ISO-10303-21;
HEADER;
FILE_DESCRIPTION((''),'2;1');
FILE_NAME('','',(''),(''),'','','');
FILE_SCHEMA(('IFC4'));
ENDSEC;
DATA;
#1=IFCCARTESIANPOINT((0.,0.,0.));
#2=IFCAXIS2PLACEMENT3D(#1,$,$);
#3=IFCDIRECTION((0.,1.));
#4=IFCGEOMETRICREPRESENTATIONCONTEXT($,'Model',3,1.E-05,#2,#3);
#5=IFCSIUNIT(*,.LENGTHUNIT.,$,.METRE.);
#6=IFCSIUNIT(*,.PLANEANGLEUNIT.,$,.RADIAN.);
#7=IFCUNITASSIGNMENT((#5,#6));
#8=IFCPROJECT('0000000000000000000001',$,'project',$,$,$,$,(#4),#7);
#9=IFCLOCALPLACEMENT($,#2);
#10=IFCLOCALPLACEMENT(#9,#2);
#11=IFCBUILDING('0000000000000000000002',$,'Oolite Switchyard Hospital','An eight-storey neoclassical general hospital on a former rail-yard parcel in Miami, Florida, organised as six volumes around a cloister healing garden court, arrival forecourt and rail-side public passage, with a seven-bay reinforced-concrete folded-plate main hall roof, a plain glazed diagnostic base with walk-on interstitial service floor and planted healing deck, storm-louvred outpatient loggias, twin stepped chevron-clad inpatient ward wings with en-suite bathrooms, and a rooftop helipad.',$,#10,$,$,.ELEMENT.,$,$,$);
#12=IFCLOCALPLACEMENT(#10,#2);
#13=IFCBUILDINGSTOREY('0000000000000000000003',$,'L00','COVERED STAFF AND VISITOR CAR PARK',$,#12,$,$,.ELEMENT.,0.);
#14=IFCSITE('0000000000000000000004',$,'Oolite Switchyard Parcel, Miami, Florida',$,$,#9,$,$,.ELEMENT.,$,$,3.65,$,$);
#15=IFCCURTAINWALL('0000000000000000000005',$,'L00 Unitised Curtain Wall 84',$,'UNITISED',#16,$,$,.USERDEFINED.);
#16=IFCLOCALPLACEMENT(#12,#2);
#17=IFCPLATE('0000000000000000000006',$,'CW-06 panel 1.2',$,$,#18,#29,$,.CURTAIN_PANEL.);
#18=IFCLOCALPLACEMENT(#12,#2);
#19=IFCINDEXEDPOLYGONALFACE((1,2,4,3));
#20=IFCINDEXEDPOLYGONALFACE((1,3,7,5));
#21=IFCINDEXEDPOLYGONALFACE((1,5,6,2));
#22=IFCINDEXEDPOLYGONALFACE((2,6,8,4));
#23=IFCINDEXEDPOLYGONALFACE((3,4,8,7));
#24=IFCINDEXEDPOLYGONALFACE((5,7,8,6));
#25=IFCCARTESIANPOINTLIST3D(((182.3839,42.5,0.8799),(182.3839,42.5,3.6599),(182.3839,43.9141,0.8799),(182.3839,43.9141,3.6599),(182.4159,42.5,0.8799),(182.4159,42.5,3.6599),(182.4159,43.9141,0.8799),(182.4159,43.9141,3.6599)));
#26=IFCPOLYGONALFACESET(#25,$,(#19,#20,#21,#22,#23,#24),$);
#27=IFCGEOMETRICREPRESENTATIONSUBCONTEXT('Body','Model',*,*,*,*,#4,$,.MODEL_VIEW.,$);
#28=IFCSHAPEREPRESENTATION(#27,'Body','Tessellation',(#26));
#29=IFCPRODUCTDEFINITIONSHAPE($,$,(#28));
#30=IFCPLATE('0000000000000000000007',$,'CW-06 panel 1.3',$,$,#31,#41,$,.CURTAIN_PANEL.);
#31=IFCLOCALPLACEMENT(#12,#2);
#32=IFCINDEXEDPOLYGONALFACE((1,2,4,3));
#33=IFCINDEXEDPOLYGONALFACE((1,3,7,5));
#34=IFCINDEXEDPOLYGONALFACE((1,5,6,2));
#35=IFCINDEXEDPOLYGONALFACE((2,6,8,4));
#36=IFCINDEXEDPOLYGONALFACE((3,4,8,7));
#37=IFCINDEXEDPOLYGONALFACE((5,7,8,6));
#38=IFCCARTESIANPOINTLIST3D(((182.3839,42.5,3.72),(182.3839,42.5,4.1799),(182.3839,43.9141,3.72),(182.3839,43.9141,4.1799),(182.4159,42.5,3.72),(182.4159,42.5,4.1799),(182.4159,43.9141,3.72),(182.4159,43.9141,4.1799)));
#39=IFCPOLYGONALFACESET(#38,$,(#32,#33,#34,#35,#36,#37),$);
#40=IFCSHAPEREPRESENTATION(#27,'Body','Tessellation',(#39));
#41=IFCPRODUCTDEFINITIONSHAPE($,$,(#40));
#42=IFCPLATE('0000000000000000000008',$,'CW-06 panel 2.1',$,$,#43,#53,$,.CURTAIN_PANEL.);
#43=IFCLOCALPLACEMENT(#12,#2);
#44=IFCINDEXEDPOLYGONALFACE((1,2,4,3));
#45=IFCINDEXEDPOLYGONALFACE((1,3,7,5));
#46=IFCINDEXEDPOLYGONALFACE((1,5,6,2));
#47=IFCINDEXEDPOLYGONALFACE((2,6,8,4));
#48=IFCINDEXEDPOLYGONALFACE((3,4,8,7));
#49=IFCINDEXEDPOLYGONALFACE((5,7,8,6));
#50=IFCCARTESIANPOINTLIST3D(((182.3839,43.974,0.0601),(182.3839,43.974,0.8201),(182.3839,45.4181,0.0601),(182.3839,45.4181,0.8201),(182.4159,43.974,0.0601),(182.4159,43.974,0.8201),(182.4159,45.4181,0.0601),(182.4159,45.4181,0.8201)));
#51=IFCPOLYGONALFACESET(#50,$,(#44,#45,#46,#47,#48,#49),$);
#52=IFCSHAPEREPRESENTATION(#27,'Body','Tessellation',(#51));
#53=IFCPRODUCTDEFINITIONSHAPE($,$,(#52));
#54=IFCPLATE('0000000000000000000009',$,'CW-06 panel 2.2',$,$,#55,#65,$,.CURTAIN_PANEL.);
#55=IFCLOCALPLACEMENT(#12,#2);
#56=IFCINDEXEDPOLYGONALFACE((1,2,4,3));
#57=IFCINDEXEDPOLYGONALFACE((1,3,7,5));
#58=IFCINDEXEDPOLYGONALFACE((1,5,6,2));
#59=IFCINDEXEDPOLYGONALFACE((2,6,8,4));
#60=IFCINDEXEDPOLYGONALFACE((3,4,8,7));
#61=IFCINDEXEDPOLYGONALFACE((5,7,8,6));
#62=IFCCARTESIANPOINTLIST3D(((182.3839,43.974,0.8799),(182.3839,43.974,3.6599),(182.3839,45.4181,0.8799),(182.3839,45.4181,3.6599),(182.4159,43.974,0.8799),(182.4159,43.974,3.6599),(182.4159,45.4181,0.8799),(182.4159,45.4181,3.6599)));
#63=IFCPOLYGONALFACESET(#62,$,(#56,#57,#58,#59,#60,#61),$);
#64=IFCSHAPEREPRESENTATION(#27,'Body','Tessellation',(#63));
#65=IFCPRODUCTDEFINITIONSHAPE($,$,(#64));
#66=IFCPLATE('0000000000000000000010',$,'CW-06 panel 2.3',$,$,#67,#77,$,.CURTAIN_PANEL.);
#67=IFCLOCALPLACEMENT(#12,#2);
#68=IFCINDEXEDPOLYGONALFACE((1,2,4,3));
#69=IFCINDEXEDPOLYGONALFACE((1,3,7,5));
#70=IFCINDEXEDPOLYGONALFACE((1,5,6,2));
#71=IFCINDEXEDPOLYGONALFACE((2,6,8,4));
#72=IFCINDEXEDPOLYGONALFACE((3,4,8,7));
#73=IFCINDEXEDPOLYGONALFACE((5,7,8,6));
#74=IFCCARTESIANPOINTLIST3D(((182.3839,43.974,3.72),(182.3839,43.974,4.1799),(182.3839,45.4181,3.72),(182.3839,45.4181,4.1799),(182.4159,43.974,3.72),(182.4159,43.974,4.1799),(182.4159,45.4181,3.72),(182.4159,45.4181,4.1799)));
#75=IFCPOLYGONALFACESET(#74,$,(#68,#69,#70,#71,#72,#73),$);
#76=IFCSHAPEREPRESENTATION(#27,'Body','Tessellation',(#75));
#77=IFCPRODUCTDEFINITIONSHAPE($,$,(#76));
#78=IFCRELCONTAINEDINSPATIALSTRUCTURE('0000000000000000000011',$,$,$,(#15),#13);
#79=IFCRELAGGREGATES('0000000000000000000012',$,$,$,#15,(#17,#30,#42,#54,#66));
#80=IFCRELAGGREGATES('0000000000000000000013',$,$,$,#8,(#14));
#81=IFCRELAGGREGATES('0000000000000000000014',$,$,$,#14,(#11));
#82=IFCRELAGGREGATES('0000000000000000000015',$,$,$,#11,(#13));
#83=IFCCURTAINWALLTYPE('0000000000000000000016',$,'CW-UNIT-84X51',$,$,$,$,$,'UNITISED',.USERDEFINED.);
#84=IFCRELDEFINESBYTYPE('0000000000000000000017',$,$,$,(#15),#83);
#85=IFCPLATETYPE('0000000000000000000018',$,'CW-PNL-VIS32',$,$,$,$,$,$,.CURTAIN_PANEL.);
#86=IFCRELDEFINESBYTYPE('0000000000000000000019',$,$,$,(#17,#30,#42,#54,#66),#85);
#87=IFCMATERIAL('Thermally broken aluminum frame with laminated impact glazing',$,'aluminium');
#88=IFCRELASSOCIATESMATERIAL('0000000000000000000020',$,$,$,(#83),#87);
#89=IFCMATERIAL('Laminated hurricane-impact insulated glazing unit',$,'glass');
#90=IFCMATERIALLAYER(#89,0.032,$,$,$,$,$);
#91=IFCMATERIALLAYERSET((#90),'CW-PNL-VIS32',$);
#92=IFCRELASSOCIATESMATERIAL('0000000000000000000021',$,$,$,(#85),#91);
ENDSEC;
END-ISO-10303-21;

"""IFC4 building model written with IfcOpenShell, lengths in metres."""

from ifc_helpers import new_model, si_unit, direction, frame, origin, origin_2d, place, context, subcontext, project, spatial, rectangle, extrude, material, layer, layer_set, type_object, element, aggregate, save


model = new_model("IFC4")

# Units and contexts
model_context = context("Model", 3, precision=1e-05, world=origin(), true_north=direction((0.0, 1.0)))
body_context = subcontext(model_context, "Body", "Model", "MODEL_VIEW")
ifc_project = project(units=[si_unit("LENGTHUNIT", "METRE"), si_unit("PLANEANGLEUNIT", "RADIAN")], contexts=[model_context])

# Site, building, storey
site_placement = place(None, origin())
site = spatial("IfcSite", under=ifc_project, at=site_placement, Name="Oolite Switchyard Parcel, Miami, Florida", CompositionType="ELEMENT", RefElevation=3.65)
building_placement = place(site_placement, origin())
building = spatial("IfcBuilding", under=site, at=building_placement, Name="Oolite Switchyard Hospital", Description="An eight-storey neoclassical general hospital on a former rail-yard parcel in Miami, Florida, organised as six volumes around a cloister healing garden court, arrival forecourt and rail-side public passage, with a seven-bay reinforced-concrete folded-plate main hall roof, a plain glazed diagnostic base with walk-on interstitial service floor and planted healing deck, storm-louvred outpatient loggias, twin stepped chevron-clad inpatient ward wings with en-suite bathrooms, and a rooftop helipad.", CompositionType="ELEMENT")
storey_placement = place(building_placement, origin())
storey = spatial("IfcBuildingStorey", under=building, at=storey_placement, Name="L00", Description="COVERED STAFF AND VISITOR CAR PARK", CompositionType="ELEMENT", Elevation=0.0)

# Curtain wall, plates
ifc_material_1 = material(Name="Thermally broken aluminum frame with laminated impact glazing", Category="aluminium")
curtain_wall_type = type_object("IfcCurtainWallType", Name="CW-UNIT-84X51", ElementType="UNITISED", PredefinedType="USERDEFINED", material=ifc_material_1)
curtain_wall_placement = place(storey_placement, origin())
curtain_wall = element("IfcCurtainWall", 1, at=curtain_wall_placement, inside=storey, type_object=curtain_wall_type, Name="L00 Unitised Curtain Wall 84", ObjectType="UNITISED", PredefinedType="USERDEFINED")
ifc_material_2 = material(Name="Laminated hurricane-impact insulated glazing unit", Category="glass")
ifc_layer = layer(ifc_material_2, 0.032)
ifc_layer_set = layer_set([ifc_layer], Name="CW-PNL-VIS32")
plate_type = type_object("IfcPlateType", Name="CW-PNL-VIS32", PredefinedType="CURTAIN_PANEL", material=ifc_layer_set)
plate_1_placement = place(storey_placement, frame((182.3999, 43.207, 0.8799), z_axis=(0.0, 0.0, 1.0), x_axis=(0.0, 1.0, 0.0)))
plate_1 = element("IfcPlate", 2, at=plate_1_placement, type_object=plate_type, Name="CW-06 panel 1.2", PredefinedType="CURTAIN_PANEL", context=body_context, shape_type="SweptSolid", body=[
    extrude(rectangle(XDim=1.4141, YDim=0.032, at=origin_2d()), origin(), (0.0, 0.0, 1.0), 2.78),
])
plate_2_placement = place(storey_placement, frame((182.3999, 43.207, 3.72), z_axis=(0.0, 0.0, 1.0), x_axis=(0.0, 1.0, 0.0)))
plate_2 = element("IfcPlate", 3, at=plate_2_placement, type_object=plate_type, Name="CW-06 panel 1.3", PredefinedType="CURTAIN_PANEL", context=body_context, shape_type="SweptSolid", body=[
    extrude(rectangle(XDim=1.4141, YDim=0.032, at=origin_2d()), origin(), (0.0, 0.0, 1.0), 0.46),
])
plate_3_placement = place(storey_placement, frame((182.3999, 44.696, 0.0601), z_axis=(0.0, 0.0, 1.0), x_axis=(0.0, 1.0, 0.0)))
plate_3 = element("IfcPlate", 4, at=plate_3_placement, type_object=plate_type, Name="CW-06 panel 2.1", PredefinedType="CURTAIN_PANEL", context=body_context, shape_type="SweptSolid", body=[
    extrude(rectangle(XDim=1.4441, YDim=0.032, at=origin_2d()), origin(), (0.0, 0.0, 1.0), 0.76),
])
plate_4_placement = place(storey_placement, frame((182.3999, 44.696, 0.8799), z_axis=(0.0, 0.0, 1.0), x_axis=(0.0, 1.0, 0.0)))
plate_4 = element("IfcPlate", 5, at=plate_4_placement, type_object=plate_type, Name="CW-06 panel 2.2", PredefinedType="CURTAIN_PANEL", context=body_context, shape_type="SweptSolid", body=[
    extrude(rectangle(XDim=1.4441, YDim=0.032, at=origin_2d()), origin(), (0.0, 0.0, 1.0), 2.78),
])
plate_5_placement = place(storey_placement, frame((182.3999, 44.696, 3.72), z_axis=(0.0, 0.0, 1.0), x_axis=(0.0, 1.0, 0.0)))
plate_5 = element("IfcPlate", 6, at=plate_5_placement, type_object=plate_type, Name="CW-06 panel 2.3", PredefinedType="CURTAIN_PANEL", context=body_context, shape_type="SweptSolid", body=[
    extrude(rectangle(XDim=1.4441, YDim=0.032, at=origin_2d()), origin(), (0.0, 0.0, 1.0), 0.46),
])
aggregate(curtain_wall, [plate_1, plate_2, plate_3, plate_4, plate_5])

save(model, "model.ifc")
